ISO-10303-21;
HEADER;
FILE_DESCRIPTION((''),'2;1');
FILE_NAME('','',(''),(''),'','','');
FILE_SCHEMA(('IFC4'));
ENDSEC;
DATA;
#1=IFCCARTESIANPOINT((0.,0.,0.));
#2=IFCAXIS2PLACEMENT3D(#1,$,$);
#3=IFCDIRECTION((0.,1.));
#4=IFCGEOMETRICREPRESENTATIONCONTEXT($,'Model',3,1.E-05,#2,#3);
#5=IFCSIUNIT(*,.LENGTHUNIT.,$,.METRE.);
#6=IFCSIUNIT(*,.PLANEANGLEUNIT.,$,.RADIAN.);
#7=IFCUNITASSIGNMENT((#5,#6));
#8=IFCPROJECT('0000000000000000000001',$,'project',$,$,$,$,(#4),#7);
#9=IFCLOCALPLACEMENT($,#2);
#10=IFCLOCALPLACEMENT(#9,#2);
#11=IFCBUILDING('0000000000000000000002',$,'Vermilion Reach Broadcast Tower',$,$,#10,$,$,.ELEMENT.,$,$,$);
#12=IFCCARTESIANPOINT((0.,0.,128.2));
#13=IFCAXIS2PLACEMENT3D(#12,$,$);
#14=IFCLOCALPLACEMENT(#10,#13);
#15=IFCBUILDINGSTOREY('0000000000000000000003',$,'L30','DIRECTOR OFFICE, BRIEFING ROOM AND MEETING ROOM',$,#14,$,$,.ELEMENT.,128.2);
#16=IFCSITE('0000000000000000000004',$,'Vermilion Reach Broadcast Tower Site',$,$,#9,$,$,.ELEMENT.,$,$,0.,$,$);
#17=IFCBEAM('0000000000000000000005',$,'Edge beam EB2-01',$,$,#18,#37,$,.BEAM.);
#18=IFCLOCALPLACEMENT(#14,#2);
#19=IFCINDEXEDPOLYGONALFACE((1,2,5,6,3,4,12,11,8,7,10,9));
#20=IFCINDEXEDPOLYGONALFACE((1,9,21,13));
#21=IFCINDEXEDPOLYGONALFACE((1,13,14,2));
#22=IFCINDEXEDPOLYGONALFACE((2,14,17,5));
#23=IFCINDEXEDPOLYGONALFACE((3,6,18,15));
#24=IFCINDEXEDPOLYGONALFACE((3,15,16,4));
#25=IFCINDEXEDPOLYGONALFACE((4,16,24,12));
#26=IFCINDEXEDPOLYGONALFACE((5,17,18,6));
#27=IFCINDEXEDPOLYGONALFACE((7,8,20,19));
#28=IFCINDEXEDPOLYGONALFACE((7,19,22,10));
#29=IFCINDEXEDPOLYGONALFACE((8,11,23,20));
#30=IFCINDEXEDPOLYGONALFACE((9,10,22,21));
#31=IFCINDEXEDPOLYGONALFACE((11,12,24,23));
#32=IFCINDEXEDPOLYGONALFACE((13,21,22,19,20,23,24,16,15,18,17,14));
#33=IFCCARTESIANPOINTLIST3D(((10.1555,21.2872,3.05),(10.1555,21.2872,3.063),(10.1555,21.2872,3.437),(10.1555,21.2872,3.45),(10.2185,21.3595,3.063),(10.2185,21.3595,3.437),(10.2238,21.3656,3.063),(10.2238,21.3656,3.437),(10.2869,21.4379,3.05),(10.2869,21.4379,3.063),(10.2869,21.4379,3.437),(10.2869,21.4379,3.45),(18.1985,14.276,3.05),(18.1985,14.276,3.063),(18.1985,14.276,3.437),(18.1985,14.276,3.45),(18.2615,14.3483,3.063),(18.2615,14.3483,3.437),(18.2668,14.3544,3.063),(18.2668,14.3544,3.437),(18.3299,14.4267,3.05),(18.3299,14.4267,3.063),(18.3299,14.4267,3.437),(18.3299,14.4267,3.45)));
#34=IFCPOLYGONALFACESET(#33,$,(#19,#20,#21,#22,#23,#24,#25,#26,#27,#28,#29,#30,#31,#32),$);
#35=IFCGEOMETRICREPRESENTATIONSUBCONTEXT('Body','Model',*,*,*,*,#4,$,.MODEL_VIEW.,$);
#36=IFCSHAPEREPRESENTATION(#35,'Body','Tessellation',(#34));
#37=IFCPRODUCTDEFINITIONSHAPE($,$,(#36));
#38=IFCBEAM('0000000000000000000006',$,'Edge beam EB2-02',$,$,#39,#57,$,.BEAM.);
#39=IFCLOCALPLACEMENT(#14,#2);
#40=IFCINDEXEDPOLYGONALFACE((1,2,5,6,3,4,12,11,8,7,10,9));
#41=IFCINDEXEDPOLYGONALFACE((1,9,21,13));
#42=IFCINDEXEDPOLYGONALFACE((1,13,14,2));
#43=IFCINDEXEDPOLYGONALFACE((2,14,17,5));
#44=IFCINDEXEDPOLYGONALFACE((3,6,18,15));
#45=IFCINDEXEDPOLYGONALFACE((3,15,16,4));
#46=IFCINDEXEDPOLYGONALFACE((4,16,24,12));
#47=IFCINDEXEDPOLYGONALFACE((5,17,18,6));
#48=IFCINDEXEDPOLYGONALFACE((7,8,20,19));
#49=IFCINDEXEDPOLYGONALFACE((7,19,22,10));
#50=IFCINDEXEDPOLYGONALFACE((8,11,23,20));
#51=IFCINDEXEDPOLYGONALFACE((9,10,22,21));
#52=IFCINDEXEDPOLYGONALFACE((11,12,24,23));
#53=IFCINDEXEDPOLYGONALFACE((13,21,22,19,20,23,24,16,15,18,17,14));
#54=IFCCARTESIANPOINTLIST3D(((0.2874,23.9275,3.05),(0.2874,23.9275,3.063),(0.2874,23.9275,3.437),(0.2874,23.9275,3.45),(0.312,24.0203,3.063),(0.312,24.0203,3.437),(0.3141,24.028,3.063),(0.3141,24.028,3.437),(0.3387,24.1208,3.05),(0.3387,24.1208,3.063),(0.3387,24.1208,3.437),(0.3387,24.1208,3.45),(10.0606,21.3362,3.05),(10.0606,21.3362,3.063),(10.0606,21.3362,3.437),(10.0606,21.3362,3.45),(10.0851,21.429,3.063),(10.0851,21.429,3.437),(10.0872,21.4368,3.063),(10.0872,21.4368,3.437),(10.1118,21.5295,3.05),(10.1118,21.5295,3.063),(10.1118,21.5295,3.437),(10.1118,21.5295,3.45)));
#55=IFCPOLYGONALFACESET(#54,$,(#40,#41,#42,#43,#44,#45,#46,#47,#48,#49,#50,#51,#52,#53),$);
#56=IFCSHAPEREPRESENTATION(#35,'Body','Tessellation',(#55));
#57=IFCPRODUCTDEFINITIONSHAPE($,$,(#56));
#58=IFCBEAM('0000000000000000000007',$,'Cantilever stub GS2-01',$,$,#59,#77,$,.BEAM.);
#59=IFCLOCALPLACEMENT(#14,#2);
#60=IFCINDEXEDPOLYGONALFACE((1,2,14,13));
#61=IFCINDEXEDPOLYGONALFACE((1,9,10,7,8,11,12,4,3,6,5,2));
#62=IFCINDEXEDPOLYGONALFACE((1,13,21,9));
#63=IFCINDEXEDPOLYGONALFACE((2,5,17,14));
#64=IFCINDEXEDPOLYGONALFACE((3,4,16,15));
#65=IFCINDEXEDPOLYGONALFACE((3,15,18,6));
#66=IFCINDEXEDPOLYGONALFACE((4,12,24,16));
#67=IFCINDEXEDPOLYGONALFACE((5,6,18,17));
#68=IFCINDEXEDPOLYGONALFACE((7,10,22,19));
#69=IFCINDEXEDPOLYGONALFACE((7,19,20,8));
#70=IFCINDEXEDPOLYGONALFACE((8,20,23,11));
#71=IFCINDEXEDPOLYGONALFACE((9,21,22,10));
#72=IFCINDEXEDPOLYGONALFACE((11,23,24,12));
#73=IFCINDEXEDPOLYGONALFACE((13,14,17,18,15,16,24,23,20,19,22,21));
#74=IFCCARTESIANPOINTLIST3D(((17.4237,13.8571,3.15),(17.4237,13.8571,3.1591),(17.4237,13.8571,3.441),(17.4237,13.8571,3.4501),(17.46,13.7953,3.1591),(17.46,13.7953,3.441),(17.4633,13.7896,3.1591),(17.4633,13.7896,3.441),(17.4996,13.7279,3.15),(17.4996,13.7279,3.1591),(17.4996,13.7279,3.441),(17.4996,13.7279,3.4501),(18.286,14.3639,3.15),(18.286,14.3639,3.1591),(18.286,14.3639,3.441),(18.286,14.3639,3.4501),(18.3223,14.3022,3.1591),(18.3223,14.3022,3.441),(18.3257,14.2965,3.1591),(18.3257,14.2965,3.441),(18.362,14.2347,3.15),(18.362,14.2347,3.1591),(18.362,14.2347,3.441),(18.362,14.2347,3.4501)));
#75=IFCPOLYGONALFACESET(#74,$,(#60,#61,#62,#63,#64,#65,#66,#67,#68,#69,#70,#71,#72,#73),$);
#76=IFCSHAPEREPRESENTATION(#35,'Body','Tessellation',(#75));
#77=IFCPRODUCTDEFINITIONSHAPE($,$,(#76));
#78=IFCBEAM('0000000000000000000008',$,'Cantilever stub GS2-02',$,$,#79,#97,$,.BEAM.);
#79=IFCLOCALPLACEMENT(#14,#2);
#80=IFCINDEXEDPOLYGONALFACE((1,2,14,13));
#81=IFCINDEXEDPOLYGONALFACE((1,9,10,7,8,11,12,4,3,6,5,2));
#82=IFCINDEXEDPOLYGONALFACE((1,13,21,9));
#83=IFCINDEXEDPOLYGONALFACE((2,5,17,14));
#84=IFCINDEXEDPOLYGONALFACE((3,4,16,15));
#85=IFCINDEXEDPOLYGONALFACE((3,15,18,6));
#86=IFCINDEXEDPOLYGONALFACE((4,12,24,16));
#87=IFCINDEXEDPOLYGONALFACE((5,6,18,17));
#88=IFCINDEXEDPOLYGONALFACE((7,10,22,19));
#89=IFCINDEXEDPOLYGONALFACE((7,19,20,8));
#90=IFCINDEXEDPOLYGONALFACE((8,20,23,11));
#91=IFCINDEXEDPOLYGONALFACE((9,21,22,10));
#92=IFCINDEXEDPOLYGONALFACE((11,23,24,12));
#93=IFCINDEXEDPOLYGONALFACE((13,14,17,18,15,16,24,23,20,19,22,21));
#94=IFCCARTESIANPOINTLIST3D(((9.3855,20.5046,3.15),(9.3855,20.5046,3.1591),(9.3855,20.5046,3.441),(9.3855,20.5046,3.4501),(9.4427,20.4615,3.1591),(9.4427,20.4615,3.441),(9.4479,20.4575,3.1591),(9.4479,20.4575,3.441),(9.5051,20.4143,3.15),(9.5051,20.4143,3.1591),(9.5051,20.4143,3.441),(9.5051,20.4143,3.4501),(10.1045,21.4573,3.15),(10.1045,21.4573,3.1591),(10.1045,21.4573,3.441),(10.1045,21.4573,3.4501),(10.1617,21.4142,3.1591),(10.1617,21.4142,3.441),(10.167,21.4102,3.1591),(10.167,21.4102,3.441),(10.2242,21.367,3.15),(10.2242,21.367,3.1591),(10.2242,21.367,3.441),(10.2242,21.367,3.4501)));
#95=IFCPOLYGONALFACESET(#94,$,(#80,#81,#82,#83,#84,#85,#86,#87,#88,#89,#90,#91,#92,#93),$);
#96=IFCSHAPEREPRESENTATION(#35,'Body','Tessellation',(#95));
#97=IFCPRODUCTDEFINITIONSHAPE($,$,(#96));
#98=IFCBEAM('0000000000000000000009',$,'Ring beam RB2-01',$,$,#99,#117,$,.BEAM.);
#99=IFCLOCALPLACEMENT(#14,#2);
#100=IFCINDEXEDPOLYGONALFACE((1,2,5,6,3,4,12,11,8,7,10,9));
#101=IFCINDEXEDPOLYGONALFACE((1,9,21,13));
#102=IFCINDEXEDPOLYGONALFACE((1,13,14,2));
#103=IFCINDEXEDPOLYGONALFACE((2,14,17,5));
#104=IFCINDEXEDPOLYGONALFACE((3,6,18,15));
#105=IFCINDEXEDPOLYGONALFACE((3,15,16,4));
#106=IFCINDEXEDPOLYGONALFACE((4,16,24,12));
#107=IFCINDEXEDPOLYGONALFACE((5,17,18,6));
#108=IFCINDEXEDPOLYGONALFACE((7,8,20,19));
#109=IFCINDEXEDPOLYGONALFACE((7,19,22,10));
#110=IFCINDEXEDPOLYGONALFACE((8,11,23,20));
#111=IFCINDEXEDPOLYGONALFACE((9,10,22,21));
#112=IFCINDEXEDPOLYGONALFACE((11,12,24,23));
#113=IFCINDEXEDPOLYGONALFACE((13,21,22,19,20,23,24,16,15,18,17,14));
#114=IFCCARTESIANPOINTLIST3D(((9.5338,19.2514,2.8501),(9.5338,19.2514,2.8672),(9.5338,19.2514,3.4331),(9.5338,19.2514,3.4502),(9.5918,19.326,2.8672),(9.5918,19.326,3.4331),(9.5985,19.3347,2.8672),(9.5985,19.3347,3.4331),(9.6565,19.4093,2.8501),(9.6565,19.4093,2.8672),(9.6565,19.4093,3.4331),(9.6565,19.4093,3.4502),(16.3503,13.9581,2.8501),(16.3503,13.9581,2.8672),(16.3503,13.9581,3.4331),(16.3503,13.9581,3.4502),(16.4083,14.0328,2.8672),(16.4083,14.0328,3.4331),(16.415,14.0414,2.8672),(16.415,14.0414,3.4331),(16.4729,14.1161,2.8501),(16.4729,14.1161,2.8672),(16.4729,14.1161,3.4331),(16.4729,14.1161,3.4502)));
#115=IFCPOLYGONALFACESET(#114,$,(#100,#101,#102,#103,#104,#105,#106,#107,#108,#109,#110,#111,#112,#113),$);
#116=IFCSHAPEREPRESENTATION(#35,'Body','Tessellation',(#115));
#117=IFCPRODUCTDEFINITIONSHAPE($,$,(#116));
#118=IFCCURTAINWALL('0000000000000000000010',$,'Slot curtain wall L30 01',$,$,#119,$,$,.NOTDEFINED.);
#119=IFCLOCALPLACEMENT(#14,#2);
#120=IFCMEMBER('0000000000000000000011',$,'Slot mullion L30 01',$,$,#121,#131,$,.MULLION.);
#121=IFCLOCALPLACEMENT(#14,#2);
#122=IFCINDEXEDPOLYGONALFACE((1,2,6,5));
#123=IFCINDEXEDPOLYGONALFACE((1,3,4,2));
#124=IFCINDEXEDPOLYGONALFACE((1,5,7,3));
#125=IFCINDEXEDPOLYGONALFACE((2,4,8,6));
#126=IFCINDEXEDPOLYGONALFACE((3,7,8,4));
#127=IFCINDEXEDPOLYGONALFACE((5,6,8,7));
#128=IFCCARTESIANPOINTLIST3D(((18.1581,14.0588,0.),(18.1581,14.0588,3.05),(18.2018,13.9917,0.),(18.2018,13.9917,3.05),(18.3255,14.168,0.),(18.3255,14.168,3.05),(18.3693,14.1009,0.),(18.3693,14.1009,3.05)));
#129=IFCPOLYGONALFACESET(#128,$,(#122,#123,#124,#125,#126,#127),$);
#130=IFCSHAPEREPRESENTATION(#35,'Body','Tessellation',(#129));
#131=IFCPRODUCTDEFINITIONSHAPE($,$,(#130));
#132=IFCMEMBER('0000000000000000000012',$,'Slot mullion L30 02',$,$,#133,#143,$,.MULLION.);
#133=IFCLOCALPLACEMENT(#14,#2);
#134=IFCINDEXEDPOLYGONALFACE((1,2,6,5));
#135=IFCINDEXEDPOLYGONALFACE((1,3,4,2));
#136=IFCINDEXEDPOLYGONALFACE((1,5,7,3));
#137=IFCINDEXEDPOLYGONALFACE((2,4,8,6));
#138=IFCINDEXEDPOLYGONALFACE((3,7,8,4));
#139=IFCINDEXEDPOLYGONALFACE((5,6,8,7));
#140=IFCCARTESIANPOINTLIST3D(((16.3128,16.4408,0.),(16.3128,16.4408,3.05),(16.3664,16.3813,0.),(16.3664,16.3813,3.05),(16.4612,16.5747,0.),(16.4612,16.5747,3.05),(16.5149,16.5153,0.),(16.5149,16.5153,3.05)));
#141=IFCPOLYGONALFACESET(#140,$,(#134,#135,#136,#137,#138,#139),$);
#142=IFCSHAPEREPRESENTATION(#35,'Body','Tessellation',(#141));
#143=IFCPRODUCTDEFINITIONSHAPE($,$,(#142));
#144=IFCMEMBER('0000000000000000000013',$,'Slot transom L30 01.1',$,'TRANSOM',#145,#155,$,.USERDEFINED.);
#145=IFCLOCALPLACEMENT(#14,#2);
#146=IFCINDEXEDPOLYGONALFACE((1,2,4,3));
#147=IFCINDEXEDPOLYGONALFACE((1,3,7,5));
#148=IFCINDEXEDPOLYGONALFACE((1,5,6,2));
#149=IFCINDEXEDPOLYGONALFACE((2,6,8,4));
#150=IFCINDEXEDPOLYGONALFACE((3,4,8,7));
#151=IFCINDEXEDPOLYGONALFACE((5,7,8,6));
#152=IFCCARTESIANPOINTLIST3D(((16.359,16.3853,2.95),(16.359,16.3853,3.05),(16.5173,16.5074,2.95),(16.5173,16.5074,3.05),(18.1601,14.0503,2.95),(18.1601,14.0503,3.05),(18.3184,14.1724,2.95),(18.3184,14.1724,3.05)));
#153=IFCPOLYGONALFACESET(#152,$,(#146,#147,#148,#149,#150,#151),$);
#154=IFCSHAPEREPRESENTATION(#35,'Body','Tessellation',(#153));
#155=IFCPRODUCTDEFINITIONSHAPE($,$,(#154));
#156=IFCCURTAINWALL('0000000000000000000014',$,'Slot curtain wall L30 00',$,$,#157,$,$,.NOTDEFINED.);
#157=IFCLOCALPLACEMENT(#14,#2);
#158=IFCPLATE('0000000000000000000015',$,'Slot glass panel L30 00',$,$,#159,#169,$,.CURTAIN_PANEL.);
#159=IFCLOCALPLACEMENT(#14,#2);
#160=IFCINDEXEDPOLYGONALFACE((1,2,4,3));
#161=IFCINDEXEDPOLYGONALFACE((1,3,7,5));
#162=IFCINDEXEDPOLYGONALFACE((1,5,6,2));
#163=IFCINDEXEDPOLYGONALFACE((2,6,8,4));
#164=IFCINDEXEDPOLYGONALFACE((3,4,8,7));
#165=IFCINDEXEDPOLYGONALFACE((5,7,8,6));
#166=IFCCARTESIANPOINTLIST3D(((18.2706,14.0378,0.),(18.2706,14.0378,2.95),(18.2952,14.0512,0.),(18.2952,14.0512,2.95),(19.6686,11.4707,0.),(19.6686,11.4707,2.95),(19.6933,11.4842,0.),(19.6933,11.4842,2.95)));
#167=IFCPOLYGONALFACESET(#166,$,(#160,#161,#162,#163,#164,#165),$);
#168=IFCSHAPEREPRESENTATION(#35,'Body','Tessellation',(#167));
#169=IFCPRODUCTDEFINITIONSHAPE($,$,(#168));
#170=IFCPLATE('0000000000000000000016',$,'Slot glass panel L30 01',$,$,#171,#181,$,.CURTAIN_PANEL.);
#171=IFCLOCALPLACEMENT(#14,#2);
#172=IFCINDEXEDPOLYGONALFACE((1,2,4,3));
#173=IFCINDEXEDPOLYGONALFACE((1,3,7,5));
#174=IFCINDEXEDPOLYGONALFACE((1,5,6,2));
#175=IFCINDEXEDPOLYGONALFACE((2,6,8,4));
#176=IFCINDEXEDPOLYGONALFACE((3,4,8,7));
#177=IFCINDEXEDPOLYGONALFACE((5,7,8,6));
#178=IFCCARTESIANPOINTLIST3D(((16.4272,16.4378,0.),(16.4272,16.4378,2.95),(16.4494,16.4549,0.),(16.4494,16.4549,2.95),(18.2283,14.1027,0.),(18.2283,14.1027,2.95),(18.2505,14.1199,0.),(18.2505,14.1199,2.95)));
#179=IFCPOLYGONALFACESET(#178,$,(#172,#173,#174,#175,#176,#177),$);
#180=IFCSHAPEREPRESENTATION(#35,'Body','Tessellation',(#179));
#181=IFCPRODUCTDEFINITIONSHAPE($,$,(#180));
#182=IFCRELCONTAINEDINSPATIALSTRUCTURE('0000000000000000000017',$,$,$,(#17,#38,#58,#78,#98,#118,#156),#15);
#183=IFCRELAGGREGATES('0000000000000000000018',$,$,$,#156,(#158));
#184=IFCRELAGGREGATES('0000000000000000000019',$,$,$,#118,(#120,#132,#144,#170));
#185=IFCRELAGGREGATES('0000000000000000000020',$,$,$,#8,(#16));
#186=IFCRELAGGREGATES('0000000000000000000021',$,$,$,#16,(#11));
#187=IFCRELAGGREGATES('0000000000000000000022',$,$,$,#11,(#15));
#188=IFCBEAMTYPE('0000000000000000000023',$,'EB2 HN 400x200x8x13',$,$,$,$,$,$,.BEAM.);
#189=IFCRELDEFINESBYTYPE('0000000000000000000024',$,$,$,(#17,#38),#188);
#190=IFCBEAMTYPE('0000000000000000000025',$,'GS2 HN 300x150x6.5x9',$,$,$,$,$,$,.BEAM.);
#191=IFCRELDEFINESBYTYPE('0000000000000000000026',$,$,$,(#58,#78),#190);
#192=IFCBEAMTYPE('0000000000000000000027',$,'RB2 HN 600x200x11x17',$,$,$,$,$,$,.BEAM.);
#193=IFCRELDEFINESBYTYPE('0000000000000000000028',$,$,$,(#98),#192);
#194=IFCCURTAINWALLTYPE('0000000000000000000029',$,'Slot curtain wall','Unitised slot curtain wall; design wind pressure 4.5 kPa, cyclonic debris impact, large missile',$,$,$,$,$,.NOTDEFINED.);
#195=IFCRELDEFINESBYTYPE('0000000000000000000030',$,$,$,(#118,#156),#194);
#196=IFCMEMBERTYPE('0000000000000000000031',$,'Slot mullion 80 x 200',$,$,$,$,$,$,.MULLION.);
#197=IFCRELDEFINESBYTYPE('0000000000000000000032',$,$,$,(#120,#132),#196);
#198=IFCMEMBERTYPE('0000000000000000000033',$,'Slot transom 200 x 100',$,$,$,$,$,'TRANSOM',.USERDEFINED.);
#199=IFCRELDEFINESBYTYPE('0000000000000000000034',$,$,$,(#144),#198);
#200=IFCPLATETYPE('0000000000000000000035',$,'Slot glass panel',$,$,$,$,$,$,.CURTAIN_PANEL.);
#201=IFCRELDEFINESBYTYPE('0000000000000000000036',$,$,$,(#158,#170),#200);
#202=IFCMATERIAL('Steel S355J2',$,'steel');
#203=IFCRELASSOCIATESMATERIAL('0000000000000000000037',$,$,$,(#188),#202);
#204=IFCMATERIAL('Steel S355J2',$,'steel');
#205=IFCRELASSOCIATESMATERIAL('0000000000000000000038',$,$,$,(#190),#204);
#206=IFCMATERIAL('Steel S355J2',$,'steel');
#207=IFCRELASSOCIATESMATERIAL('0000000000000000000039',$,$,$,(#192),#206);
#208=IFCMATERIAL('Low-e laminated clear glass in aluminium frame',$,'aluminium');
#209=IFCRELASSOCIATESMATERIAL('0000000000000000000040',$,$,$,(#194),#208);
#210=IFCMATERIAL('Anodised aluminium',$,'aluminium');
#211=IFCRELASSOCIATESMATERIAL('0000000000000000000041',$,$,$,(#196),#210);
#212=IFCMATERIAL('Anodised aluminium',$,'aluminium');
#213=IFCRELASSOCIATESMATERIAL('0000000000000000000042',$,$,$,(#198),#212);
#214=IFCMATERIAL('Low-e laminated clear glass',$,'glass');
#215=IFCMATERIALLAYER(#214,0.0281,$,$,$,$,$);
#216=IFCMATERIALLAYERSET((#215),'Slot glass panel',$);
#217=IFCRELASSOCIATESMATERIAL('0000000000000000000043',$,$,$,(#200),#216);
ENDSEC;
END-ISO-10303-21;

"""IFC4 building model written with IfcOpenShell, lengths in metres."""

from ifc_helpers import new_model, si_unit, direction, frame, origin, origin_2d, place, context, subcontext, project, spatial, rectangle, i_section, extrude, material, layer, layer_set, material_profile, profile_set, type_object, element, aggregate, save


model = new_model("IFC4")

# Units and contexts
model_context = context("Model", 3, precision=1e-05, world=origin(), true_north=direction((0.0, 1.0)))
body_context = subcontext(model_context, "Body", "Model", "MODEL_VIEW")
ifc_project = project(units=[si_unit("LENGTHUNIT", "METRE"), si_unit("PLANEANGLEUNIT", "RADIAN")], contexts=[model_context])

# Site, building, storey
site_placement = place(None, origin())
site = spatial("IfcSite", under=ifc_project, at=site_placement, Name="Vermilion Reach Broadcast Tower Site", CompositionType="ELEMENT", RefElevation=0.0)
building_placement = place(site_placement, origin())
building = spatial("IfcBuilding", under=site, at=building_placement, Name="Vermilion Reach Broadcast Tower", CompositionType="ELEMENT")
storey_placement = place(building_placement, frame((0.0, 0.0, 128.2)))
storey = spatial("IfcBuildingStorey", under=building, at=storey_placement, Name="L30", Description="DIRECTOR OFFICE, BRIEFING ROOM AND MEETING ROOM", CompositionType="ELEMENT", Elevation=128.2)

# Beams
ifc_material_1 = material(Name="Steel S355J2", Category="steel")
ifc_material_profile_1 = material_profile(ifc_material_1, i_section(OverallWidth=0.2, OverallDepth=0.3999, WebThickness=0.0081, FlangeThickness=0.0129, at=origin_2d()), Name="S355J2 HN 400x200x8x13")
ifc_profile_set_1 = profile_set([ifc_material_profile_1], Name="Steel S355J2")
beam_type_1 = type_object("IfcBeamType", Name="EB2 HN 400x200x8x13", PredefinedType="BEAM", material=ifc_profile_set_1)
beam_1_placement = place(storey_placement, frame((18.2642, 14.3513, 3.25), z_axis=(-0.7538, 0.657104, 0.0), x_axis=(-0.657104, -0.7538, 0.0)))
element("IfcBeam", 1, at=beam_1_placement, inside=storey, type_object=beam_type_1, Name="Edge beam EB2-01", PredefinedType="BEAM", context=body_context, shape_type="SweptSolid", body=[
    extrude(i_section(OverallWidth=0.2, OverallDepth=0.3999, WebThickness=0.0081, FlangeThickness=0.0129, at=origin_2d()), origin(), (0.0, 0.0, 1.0), 10.6699),
])
beam_2_placement = place(storey_placement, frame((10.0862, 21.4329, 3.25), z_axis=(-0.9666, 0.256289, 0.0), x_axis=(-0.256289, -0.9666, 0.0)))
element("IfcBeam", 2, at=beam_2_placement, inside=storey, type_object=beam_type_1, Name="Edge beam EB2-02", PredefinedType="BEAM", context=body_context, shape_type="SweptSolid", body=[
    extrude(i_section(OverallWidth=0.2, OverallDepth=0.3999, WebThickness=0.0081, FlangeThickness=0.0129, at=origin_2d()), origin(), (0.0, 0.0, 1.0), 10.1108),
])
ifc_material_2 = material(Name="Steel S355J2", Category="steel")
ifc_material_profile_2 = material_profile(ifc_material_2, i_section(OverallWidth=0.1499, OverallDepth=0.3, WebThickness=0.0066, FlangeThickness=0.009, at=origin_2d()), Name="S355J2 HN 300x150x6.5x9")
ifc_profile_set_2 = profile_set([ifc_material_profile_2], Name="Steel S355J2")
beam_type_2 = type_object("IfcBeamType", Name="GS2 HN 300x150x6.5x9", PredefinedType="BEAM", material=ifc_profile_set_2)
beam_3_placement = place(storey_placement, frame((17.4617, 13.7925, 3.3), z_axis=(0.86211, 0.506721, 0.0), x_axis=(-0.506721, 0.86211, 0.0)))
element("IfcBeam", 3, at=beam_3_placement, inside=storey, type_object=beam_type_2, Name="Cantilever stub GS2-01", PredefinedType="BEAM", context=body_context, shape_type="SweptSolid", body=[
    extrude(i_section(OverallWidth=0.1499, OverallDepth=0.3, WebThickness=0.0066, FlangeThickness=0.009, at=origin_2d()), origin(), (0.0, 0.0, 1.0), 1.0002),
])
beam_4_placement = place(storey_placement, frame((9.4453, 20.4595, 3.3), z_axis=(0.602419, 0.79818, 0.0), x_axis=(-0.79818, 0.602419, 0.0)))
element("IfcBeam", 4, at=beam_4_placement, inside=storey, type_object=beam_type_2, Name="Cantilever stub GS2-02", PredefinedType="BEAM", context=body_context, shape_type="SweptSolid", body=[
    extrude(i_section(OverallWidth=0.1499, OverallDepth=0.3, WebThickness=0.0066, FlangeThickness=0.009, at=origin_2d()), origin(), (0.0, 0.0, 1.0), 1.1936),
])
ifc_material_3 = material(Name="Steel S355J2", Category="steel")
ifc_material_profile_3 = material_profile(ifc_material_3, i_section(OverallWidth=0.2, OverallDepth=0.6001, WebThickness=0.011, FlangeThickness=0.0171, at=origin_2d()), Name="S355J2 HN 600x200x11x17")
ifc_profile_set_3 = profile_set([ifc_material_profile_3], Name="Steel S355J2")
beam_type_3 = type_object("IfcBeamType", Name="RB2 HN 600x200x11x17", PredefinedType="BEAM", material=ifc_profile_set_3)
beam_5_placement = place(storey_placement, frame((16.4116, 14.0371, 3.1501), z_axis=(-0.789826, 0.613331, 0.0), x_axis=(-0.613331, -0.789826, 0.0)))
element("IfcBeam", 5, at=beam_5_placement, inside=storey, type_object=beam_type_3, Name="Ring beam RB2-01", PredefinedType="BEAM", context=body_context, shape_type="SweptSolid", body=[
    extrude(i_section(OverallWidth=0.2, OverallDepth=0.6001, WebThickness=0.011, FlangeThickness=0.0171, at=origin_2d()), origin(), (0.0, 0.0, 1.0), 8.6304),
])

# Curtain wall, members
ifc_material_4 = material(Name="Low-e laminated clear glass in aluminium frame", Category="aluminium")
curtain_wall_type = type_object("IfcCurtainWallType", Name="Slot curtain wall", Description="Unitised slot curtain wall; design wind pressure 4.5 kPa, cyclonic debris impact, large missile", PredefinedType="NOTDEFINED", material=ifc_material_4)
placement = place(storey_placement, origin())
curtain_wall_1 = element("IfcCurtainWall", 6, at=placement, inside=storey, type_object=curtain_wall_type, Name="Slot curtain wall L30 01", PredefinedType="NOTDEFINED")
ifc_material_5 = material(Name="Anodised aluminium", Category="aluminium")
ifc_material_profile_4 = material_profile(ifc_material_5, rectangle(XDim=0.2, YDim=0.0801, at=origin_2d()), Name="Slot mullion 80 x 200")
ifc_profile_set_4 = profile_set([ifc_material_profile_4], Name="Anodised aluminium")
member_type_1 = type_object("IfcMemberType", Name="Slot mullion 80 x 200", PredefinedType="MULLION", material=ifc_profile_set_4)
member_1_placement = place(storey_placement, frame((18.2637, 14.0798, 0.0), z_axis=(0.0, 0.0, 1.0), x_axis=(-0.837634, -0.546232, 0.0)))
member_1 = element("IfcMember", 7, at=member_1_placement, type_object=member_type_1, Name="Slot mullion L30 01", PredefinedType="MULLION", context=body_context, shape_type="SweptSolid", body=[
    extrude(rectangle(XDim=0.2, YDim=0.0801, at=origin_2d()), origin(), (0.0, 0.0, 1.0), 3.05),
])
member_2_placement = place(storey_placement, frame((16.4138, 16.478, 0.0), z_axis=(0.0, 0.0, 1.0), x_axis=(-0.742287, -0.670083, 0.0)))
member_2 = element("IfcMember", 8, at=member_2_placement, type_object=member_type_1, Name="Slot mullion L30 02", PredefinedType="MULLION", context=body_context, shape_type="SweptSolid", body=[
    extrude(rectangle(XDim=0.2, YDim=0.0801, at=origin_2d()), origin(), (0.0, 0.0, 1.0), 3.05),
])
ifc_material_6 = material(Name="Anodised aluminium", Category="aluminium")
ifc_material_profile_5 = material_profile(ifc_material_6, rectangle(XDim=0.2, YDim=0.1001, at=origin_2d()), Name="Slot transom 200 x 100")
ifc_profile_set_5 = profile_set([ifc_material_profile_5], Name="Anodised aluminium")
member_type_2 = type_object("IfcMemberType", Name="Slot transom 200 x 100", ElementType="TRANSOM", PredefinedType="USERDEFINED", material=ifc_profile_set_5)
member_3_placement = place(storey_placement, frame((18.2393, 14.1113, 3.0), z_axis=(-0.610755, 0.79182, 0.0), x_axis=(-0.79182, -0.610755, 0.0)))
member_3 = element("IfcMember", 9, at=member_3_placement, type_object=member_type_2, Name="Slot transom L30 01.1", ObjectType="TRANSOM", PredefinedType="USERDEFINED", context=body_context, shape_type="SweptSolid", body=[
    extrude(rectangle(XDim=0.2, YDim=0.1001, at=origin_2d()), origin(), (0.0, 0.0, 1.0), 2.949),
])

# Curtain wall, plate
curtain_wall_2 = element("IfcCurtainWall", 10, at=placement, inside=storey, type_object=curtain_wall_type, Name="Slot curtain wall L30 00", PredefinedType="NOTDEFINED")
ifc_material_7 = material(Name="Low-e laminated clear glass", Category="glass")
ifc_layer_1 = layer(ifc_material_7, 0.0281)
ifc_layer_set_1 = layer_set([ifc_layer_1], Name="Slot glass panel")
plate_type = type_object("IfcPlateType", Name="Slot glass panel", PredefinedType="CURTAIN_PANEL", material=ifc_layer_set_1)
plate_1_placement = place(storey_placement, frame((18.9819, 12.761, 0.0), z_axis=(0.0, 0.0, 1.0), x_axis=(-0.478282, 0.878207, 0.0)))
plate_1 = element("IfcPlate", 11, at=plate_1_placement, type_object=plate_type, Name="Slot glass panel L30 00", PredefinedType="CURTAIN_PANEL", context=body_context, shape_type="SweptSolid", body=[
    extrude(rectangle(XDim=2.9231, YDim=0.0281, at=origin_2d()), origin(), (0.0, 0.0, 1.0), 2.95),
])
aggregate(curtain_wall_2, [plate_1])

# Plate
plate_2_placement = place(storey_placement, frame((17.3389, 15.2788, 0.0), z_axis=(0.0, 0.0, 1.0), x_axis=(-0.610761, 0.791815, 0.0)))
plate_2 = element("IfcPlate", 12, at=plate_2_placement, type_object=plate_type, Name="Slot glass panel L30 01", PredefinedType="CURTAIN_PANEL", context=body_context, shape_type="SweptSolid", body=[
    extrude(rectangle(XDim=2.949, YDim=0.0281, at=origin_2d()), origin(), (0.0, 0.0, 1.0), 2.95),
])
aggregate(curtain_wall_1, [member_1, member_2, member_3, plate_2])

save(model, "model.ifc")
